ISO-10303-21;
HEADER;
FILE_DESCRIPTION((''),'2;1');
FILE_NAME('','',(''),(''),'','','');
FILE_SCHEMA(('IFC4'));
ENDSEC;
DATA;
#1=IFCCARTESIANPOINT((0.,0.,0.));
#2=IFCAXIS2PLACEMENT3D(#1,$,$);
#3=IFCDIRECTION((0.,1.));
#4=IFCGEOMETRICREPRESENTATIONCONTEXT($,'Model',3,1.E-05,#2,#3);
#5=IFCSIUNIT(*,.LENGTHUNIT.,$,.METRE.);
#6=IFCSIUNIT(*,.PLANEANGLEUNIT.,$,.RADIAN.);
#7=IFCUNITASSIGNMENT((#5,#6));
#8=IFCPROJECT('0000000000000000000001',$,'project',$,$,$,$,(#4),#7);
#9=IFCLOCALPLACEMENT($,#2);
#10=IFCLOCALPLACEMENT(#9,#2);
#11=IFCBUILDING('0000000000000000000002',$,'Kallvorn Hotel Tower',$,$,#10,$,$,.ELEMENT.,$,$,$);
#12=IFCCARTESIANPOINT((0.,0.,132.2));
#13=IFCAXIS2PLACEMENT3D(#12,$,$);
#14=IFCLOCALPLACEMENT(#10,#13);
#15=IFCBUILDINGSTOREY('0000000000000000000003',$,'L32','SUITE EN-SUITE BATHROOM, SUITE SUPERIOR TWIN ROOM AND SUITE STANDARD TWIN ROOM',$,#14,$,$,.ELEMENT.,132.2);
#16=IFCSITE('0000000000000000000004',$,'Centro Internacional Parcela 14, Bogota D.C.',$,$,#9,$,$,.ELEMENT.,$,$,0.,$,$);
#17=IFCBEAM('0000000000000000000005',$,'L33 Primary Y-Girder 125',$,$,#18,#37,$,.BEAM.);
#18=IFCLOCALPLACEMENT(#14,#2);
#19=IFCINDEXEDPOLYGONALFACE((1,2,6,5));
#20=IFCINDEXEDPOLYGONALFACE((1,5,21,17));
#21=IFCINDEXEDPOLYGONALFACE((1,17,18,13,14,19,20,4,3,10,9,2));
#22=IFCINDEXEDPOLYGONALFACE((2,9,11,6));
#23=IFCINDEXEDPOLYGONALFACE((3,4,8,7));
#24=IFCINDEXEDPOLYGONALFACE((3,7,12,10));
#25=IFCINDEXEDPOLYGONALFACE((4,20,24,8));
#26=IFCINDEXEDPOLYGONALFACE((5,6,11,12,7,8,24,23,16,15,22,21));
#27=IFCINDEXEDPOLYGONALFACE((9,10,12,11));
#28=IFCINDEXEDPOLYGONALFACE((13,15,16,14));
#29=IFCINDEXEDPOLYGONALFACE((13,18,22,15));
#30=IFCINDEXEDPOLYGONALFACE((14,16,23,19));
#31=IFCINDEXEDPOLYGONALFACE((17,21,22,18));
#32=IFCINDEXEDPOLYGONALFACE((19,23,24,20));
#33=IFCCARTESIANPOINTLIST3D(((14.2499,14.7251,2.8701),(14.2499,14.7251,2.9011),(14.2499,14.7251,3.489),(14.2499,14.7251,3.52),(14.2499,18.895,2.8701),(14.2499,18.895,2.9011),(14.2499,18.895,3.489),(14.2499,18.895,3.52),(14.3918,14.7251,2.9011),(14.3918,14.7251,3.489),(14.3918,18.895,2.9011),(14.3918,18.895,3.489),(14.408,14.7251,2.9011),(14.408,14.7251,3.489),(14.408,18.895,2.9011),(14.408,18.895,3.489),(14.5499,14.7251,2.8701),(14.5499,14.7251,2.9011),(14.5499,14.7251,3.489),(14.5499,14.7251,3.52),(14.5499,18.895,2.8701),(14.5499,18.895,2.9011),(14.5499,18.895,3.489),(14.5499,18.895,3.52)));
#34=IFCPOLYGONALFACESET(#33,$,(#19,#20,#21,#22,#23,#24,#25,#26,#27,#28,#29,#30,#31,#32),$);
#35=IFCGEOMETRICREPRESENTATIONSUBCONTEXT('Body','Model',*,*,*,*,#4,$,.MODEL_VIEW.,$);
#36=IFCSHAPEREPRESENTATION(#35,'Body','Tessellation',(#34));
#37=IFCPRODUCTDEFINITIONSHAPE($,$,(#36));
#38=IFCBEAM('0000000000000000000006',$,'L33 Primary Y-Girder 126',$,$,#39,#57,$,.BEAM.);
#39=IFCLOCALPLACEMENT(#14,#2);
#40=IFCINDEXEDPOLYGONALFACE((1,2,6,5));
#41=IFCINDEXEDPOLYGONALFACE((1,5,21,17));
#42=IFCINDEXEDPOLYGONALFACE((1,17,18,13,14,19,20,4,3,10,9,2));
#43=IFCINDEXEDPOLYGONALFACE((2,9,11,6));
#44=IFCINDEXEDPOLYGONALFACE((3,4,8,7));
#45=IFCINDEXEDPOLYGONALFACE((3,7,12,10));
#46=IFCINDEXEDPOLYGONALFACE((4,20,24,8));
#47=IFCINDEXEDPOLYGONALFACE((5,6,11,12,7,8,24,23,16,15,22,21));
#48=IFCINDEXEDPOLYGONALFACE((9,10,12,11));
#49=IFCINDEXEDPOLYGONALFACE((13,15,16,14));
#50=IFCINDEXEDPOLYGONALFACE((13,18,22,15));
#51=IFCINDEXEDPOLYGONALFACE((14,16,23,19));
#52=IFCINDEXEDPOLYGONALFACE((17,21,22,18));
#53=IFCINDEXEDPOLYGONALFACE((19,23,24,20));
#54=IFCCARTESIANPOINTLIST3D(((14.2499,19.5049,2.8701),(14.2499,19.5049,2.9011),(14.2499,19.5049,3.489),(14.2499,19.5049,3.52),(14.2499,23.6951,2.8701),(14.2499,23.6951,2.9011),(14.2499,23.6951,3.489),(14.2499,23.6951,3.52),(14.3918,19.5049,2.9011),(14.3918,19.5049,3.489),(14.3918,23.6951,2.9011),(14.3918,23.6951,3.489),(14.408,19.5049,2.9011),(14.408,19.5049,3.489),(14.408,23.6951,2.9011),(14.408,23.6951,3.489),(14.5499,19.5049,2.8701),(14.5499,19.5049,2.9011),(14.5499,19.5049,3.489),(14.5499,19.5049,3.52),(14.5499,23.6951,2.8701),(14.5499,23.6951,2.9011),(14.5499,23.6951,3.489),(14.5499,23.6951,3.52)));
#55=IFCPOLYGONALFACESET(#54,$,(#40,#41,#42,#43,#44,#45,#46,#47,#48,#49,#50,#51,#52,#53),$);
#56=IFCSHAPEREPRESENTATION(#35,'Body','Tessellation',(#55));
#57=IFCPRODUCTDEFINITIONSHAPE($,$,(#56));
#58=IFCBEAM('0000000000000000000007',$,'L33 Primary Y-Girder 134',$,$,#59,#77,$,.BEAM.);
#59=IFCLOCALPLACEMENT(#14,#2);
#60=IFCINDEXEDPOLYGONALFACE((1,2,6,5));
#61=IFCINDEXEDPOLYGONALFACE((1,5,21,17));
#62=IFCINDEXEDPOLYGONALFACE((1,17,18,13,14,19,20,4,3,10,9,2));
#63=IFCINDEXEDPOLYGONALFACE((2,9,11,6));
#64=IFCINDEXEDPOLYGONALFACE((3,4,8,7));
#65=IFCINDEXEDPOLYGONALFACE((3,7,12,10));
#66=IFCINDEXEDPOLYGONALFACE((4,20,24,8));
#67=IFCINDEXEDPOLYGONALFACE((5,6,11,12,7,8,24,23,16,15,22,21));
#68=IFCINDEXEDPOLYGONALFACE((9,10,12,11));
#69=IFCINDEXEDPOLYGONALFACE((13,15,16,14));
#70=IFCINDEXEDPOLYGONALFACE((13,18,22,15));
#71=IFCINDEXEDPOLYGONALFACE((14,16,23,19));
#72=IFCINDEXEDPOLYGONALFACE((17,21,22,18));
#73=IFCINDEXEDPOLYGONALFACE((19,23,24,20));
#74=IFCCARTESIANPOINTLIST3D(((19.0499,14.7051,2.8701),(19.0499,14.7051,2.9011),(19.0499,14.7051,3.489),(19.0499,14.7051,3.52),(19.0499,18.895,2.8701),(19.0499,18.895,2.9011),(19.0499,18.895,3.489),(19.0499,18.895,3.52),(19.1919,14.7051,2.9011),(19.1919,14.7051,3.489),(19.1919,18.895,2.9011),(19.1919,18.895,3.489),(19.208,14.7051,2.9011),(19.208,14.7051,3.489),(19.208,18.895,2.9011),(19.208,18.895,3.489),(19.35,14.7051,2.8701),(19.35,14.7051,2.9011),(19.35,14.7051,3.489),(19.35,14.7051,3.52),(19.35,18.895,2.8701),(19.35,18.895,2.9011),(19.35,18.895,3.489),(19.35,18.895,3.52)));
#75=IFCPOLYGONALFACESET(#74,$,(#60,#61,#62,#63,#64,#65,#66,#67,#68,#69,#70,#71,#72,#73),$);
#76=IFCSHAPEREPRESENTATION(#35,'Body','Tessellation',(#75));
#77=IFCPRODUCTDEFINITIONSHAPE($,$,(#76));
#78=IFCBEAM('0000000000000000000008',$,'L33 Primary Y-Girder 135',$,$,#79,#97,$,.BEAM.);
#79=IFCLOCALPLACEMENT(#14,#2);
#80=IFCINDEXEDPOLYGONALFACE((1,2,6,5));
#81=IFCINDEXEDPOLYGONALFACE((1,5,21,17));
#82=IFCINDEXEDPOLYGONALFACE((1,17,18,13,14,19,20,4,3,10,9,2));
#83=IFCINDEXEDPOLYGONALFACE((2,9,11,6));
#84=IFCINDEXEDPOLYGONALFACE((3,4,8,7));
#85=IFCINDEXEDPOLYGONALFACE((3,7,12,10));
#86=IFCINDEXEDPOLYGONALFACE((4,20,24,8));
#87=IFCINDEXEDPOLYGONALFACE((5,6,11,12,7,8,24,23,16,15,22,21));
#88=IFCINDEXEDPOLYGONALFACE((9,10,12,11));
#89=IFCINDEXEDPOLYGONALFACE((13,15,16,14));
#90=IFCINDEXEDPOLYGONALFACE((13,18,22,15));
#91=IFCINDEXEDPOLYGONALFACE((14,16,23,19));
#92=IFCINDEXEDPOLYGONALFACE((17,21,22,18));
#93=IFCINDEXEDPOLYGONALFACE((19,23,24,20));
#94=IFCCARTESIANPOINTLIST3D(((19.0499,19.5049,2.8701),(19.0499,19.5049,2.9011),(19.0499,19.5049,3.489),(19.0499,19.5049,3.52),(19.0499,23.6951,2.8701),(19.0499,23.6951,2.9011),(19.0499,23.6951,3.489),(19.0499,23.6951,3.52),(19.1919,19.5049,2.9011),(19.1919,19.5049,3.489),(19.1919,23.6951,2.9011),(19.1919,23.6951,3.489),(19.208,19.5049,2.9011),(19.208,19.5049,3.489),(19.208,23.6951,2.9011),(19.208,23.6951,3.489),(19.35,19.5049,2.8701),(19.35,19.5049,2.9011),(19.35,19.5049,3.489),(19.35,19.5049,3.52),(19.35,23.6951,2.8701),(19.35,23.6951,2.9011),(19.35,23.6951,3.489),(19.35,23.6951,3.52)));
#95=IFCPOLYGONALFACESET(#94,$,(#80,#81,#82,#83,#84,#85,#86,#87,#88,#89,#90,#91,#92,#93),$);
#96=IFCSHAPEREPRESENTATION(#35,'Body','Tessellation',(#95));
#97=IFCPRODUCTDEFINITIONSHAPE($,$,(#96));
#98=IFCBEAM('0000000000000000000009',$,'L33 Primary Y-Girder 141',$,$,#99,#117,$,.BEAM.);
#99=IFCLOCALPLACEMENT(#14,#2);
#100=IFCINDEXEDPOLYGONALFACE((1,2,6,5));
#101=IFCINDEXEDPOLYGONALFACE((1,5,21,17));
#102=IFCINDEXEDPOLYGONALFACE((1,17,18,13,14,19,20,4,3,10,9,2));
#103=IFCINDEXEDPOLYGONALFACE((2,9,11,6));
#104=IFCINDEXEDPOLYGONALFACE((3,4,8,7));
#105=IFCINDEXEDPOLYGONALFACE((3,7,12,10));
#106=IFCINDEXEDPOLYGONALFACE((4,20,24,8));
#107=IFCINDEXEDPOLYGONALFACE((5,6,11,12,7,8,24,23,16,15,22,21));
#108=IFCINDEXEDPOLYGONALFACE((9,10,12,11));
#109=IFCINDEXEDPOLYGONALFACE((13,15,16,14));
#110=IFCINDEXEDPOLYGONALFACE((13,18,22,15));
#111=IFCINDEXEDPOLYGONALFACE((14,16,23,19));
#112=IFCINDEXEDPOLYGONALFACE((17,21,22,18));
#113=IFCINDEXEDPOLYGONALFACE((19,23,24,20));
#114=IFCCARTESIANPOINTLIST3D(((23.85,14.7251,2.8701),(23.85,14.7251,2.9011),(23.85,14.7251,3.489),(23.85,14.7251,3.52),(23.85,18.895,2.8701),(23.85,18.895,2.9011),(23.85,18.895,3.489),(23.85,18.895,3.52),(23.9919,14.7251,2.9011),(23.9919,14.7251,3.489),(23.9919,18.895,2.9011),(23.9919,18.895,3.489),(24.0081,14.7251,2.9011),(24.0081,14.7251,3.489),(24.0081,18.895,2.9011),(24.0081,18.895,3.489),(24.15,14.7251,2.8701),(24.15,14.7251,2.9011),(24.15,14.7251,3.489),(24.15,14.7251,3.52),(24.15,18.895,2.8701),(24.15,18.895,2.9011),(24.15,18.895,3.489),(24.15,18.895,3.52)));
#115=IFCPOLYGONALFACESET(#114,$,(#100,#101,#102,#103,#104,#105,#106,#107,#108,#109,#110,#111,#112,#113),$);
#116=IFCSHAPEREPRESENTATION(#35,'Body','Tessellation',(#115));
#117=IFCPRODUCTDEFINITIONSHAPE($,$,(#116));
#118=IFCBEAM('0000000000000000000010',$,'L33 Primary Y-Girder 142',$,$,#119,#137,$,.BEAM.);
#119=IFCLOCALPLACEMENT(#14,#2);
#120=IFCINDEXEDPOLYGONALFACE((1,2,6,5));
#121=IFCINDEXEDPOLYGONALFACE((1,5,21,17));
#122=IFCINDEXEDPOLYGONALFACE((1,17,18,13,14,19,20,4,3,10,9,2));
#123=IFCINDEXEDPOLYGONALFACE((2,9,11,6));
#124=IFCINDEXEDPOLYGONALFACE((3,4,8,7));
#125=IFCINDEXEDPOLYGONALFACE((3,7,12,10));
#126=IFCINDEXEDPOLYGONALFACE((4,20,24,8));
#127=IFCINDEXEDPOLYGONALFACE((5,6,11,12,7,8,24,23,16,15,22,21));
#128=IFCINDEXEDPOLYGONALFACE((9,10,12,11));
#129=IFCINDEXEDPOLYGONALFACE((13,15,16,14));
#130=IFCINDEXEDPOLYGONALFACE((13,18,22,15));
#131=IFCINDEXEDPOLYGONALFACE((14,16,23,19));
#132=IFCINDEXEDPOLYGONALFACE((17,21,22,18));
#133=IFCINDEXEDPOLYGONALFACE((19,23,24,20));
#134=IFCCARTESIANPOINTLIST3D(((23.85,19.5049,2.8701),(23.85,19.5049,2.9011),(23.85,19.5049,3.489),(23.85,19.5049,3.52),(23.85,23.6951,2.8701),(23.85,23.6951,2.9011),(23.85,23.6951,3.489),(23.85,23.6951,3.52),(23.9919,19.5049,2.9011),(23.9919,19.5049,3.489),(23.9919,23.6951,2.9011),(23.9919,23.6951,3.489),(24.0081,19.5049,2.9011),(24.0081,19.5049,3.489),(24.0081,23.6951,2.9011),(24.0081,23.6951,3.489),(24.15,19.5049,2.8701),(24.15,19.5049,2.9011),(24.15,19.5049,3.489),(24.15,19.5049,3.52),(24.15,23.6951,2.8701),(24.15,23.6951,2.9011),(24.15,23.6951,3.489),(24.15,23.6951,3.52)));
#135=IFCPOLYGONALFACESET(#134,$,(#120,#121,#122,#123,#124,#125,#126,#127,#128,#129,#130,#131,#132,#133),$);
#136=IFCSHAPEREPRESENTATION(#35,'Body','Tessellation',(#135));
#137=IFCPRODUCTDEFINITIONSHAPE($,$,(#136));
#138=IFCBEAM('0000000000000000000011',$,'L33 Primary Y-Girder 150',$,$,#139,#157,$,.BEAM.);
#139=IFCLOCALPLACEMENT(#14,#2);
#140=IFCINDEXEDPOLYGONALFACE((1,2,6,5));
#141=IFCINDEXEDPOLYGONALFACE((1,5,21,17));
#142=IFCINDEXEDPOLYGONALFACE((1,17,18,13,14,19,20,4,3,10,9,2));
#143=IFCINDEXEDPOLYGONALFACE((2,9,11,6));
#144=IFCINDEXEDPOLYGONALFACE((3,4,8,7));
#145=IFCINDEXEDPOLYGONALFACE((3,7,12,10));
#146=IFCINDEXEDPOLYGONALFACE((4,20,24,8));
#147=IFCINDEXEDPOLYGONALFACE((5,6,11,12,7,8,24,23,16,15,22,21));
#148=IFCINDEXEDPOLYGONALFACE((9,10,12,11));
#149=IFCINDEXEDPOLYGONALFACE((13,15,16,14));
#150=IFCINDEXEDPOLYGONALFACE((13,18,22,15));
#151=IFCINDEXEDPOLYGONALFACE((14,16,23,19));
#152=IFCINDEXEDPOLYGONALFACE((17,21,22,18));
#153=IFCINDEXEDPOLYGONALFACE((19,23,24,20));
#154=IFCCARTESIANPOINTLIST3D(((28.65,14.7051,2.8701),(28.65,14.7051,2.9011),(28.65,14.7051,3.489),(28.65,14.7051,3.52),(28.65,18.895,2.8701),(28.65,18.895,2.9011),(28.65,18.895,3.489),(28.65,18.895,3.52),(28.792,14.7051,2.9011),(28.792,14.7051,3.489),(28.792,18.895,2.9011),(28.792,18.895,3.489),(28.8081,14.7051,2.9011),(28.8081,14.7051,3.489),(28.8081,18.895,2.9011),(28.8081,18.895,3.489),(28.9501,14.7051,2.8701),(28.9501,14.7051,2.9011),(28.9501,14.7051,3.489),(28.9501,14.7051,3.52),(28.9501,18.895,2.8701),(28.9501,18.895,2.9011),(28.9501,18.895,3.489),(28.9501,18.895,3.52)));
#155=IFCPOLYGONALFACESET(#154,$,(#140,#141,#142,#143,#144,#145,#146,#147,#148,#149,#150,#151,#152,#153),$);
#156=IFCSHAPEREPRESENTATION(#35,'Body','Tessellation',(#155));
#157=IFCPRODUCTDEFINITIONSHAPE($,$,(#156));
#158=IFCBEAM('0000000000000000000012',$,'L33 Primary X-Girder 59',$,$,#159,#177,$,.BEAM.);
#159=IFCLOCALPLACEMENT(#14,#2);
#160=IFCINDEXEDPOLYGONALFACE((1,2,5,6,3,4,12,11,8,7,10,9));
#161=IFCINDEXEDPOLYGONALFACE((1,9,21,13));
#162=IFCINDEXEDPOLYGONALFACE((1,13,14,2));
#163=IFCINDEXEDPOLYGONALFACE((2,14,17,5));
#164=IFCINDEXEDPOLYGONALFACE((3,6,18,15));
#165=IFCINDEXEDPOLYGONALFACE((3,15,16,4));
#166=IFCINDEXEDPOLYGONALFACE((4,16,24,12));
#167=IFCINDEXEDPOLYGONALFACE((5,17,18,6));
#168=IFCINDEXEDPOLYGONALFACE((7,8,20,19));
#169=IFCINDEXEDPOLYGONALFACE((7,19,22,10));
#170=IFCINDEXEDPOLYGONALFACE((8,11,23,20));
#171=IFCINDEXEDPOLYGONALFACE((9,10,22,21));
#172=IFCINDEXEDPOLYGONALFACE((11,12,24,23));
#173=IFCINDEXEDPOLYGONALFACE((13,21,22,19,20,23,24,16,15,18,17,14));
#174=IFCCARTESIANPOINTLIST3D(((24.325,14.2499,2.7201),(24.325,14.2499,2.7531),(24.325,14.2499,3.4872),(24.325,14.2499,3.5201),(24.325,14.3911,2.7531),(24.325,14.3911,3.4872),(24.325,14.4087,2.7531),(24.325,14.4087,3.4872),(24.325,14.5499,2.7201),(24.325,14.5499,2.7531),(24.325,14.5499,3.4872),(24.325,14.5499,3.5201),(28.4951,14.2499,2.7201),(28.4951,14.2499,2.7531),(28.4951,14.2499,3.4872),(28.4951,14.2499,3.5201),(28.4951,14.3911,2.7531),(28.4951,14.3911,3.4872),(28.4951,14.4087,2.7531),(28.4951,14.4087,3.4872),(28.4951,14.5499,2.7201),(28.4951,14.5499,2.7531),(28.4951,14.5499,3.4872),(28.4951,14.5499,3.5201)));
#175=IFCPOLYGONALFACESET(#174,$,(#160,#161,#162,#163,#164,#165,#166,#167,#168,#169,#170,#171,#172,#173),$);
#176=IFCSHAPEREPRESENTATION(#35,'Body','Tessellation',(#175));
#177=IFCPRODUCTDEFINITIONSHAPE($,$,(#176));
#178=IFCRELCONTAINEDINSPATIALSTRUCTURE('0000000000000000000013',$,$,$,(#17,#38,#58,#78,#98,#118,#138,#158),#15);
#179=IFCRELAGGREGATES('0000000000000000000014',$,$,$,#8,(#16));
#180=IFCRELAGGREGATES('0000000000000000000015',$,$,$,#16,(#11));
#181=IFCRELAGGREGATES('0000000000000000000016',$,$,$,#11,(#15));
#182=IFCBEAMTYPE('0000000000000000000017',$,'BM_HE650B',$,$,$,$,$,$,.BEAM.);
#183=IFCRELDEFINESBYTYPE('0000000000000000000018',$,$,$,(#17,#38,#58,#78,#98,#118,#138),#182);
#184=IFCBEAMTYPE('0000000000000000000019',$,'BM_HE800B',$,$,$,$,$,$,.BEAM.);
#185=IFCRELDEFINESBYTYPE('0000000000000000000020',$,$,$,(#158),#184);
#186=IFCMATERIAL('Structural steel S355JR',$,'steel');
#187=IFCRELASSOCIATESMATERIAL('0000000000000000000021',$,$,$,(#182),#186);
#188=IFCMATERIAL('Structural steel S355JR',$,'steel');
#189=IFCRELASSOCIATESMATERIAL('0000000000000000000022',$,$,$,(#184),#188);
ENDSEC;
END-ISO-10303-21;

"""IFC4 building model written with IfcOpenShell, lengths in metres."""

from ifc_helpers import new_model, si_unit, direction, frame, origin, origin_2d, place, context, subcontext, project, spatial, i_section, extrude, material, material_profile, profile_set, type_object, element, save


model = new_model("IFC4")

# Units and contexts
model_context = context("Model", 3, precision=1e-05, world=origin(), true_north=direction((0.0, 1.0)))
body_context = subcontext(model_context, "Body", "Model", "MODEL_VIEW")
ifc_project = project(units=[si_unit("LENGTHUNIT", "METRE"), si_unit("PLANEANGLEUNIT", "RADIAN")], contexts=[model_context])

# Site, building, storey
site_placement = place(None, origin())
site = spatial("IfcSite", under=ifc_project, at=site_placement, Name="Centro Internacional Parcela 14, Bogota D.C.", CompositionType="ELEMENT", RefElevation=0.0)
building_placement = place(site_placement, origin())
building = spatial("IfcBuilding", under=site, at=building_placement, Name="Kallvorn Hotel Tower", CompositionType="ELEMENT")
storey_placement = place(building_placement, frame((0.0, 0.0, 132.2)))
storey = spatial("IfcBuildingStorey", under=building, at=storey_placement, Name="L32", Description="SUITE EN-SUITE BATHROOM, SUITE SUPERIOR TWIN ROOM AND SUITE STANDARD TWIN ROOM", CompositionType="ELEMENT", Elevation=132.2)

# Beams
ifc_material_1 = material(Name="Structural steel S355JR", Category="steel")
ifc_material_profile_1 = material_profile(ifc_material_1, i_section(OverallWidth=0.3, OverallDepth=0.6499, WebThickness=0.0161, FlangeThickness=0.031, at=origin_2d()), Name="HE 650 B")
ifc_profile_set_1 = profile_set([ifc_material_profile_1], Name="Structural steel S355JR")
beam_type_1 = type_object("IfcBeamType", Name="BM_HE650B", PredefinedType="BEAM", material=ifc_profile_set_1)
beam_1_placement = place(storey_placement, frame((14.3999, 14.7251, 3.1951), z_axis=(0.0, 1.0, 0.0), x_axis=(-1.0, 0.0, 0.0)))
element("IfcBeam", 1, at=beam_1_placement, inside=storey, type_object=beam_type_1, Name="L33 Primary Y-Girder 125", PredefinedType="BEAM", context=body_context, shape_type="SweptSolid", body=[
    extrude(i_section(OverallWidth=0.3, OverallDepth=0.6499, WebThickness=0.0161, FlangeThickness=0.031, at=origin_2d()), origin(), (0.0, 0.0, 1.0), 4.1699),
])
beam_2_placement = place(storey_placement, frame((14.3999, 19.5049, 3.1951), z_axis=(0.0, 1.0, 0.0), x_axis=(-1.0, 0.0, 0.0)))
element("IfcBeam", 2, at=beam_2_placement, inside=storey, type_object=beam_type_1, Name="L33 Primary Y-Girder 126", PredefinedType="BEAM", context=body_context, shape_type="SweptSolid", body=[
    extrude(i_section(OverallWidth=0.3, OverallDepth=0.6499, WebThickness=0.0161, FlangeThickness=0.031, at=origin_2d()), origin(), (0.0, 0.0, 1.0), 4.1902),
])
beam_3_placement = place(storey_placement, frame((19.2, 14.7051, 3.1951), z_axis=(0.0, 1.0, 0.0), x_axis=(-1.0, 0.0, 0.0)))
element("IfcBeam", 3, at=beam_3_placement, inside=storey, type_object=beam_type_1, Name="L33 Primary Y-Girder 134", PredefinedType="BEAM", context=body_context, shape_type="SweptSolid", body=[
    extrude(i_section(OverallWidth=0.3, OverallDepth=0.6499, WebThickness=0.0161, FlangeThickness=0.031, at=origin_2d()), origin(), (0.0, 0.0, 1.0), 4.1899),
])
beam_4_placement = place(storey_placement, frame((19.2, 19.5049, 3.1951), z_axis=(0.0, 1.0, 0.0), x_axis=(-1.0, 0.0, 0.0)))
element("IfcBeam", 4, at=beam_4_placement, inside=storey, type_object=beam_type_1, Name="L33 Primary Y-Girder 135", PredefinedType="BEAM", context=body_context, shape_type="SweptSolid", body=[
    extrude(i_section(OverallWidth=0.3, OverallDepth=0.6499, WebThickness=0.0161, FlangeThickness=0.031, at=origin_2d()), origin(), (0.0, 0.0, 1.0), 4.1902),
])
beam_5_placement = place(storey_placement, frame((24.0, 14.7251, 3.1951), z_axis=(0.0, 1.0, 0.0), x_axis=(-1.0, 0.0, 0.0)))
element("IfcBeam", 5, at=beam_5_placement, inside=storey, type_object=beam_type_1, Name="L33 Primary Y-Girder 141", PredefinedType="BEAM", context=body_context, shape_type="SweptSolid", body=[
    extrude(i_section(OverallWidth=0.3, OverallDepth=0.6499, WebThickness=0.0161, FlangeThickness=0.031, at=origin_2d()), origin(), (0.0, 0.0, 1.0), 4.1699),
])
beam_6_placement = place(storey_placement, frame((24.0, 19.5049, 3.1951), z_axis=(0.0, 1.0, 0.0), x_axis=(-1.0, 0.0, 0.0)))
element("IfcBeam", 6, at=beam_6_placement, inside=storey, type_object=beam_type_1, Name="L33 Primary Y-Girder 142", PredefinedType="BEAM", context=body_context, shape_type="SweptSolid", body=[
    extrude(i_section(OverallWidth=0.3, OverallDepth=0.6499, WebThickness=0.0161, FlangeThickness=0.031, at=origin_2d()), origin(), (0.0, 0.0, 1.0), 4.1902),
])
beam_7_placement = place(storey_placement, frame((28.8, 14.7051, 3.1951), z_axis=(0.0, 1.0, 0.0), x_axis=(-1.0, 0.0, 0.0)))
element("IfcBeam", 7, at=beam_7_placement, inside=storey, type_object=beam_type_1, Name="L33 Primary Y-Girder 150", PredefinedType="BEAM", context=body_context, shape_type="SweptSolid", body=[
    extrude(i_section(OverallWidth=0.3, OverallDepth=0.6499, WebThickness=0.0161, FlangeThickness=0.031, at=origin_2d()), origin(), (0.0, 0.0, 1.0), 4.1899),
])
ifc_material_2 = material(Name="Structural steel S355JR", Category="steel")
ifc_material_profile_2 = material_profile(ifc_material_2, i_section(OverallWidth=0.3, OverallDepth=0.8, WebThickness=0.0176, FlangeThickness=0.033, at=origin_2d()), Name="HE 800 B")
ifc_profile_set_2 = profile_set([ifc_material_profile_2], Name="Structural steel S355JR")
beam_type_2 = type_object("IfcBeamType", Name="BM_HE800B", PredefinedType="BEAM", material=ifc_profile_set_2)
beam_8_placement = place(storey_placement, frame((24.325, 14.3999, 3.1201), z_axis=(1.0, 0.0, 0.0), x_axis=(0.0, 1.0, 0.0)))
element("IfcBeam", 8, at=beam_8_placement, inside=storey, type_object=beam_type_2, Name="L33 Primary X-Girder 59", PredefinedType="BEAM", context=body_context, shape_type="SweptSolid", body=[
    extrude(i_section(OverallWidth=0.3, OverallDepth=0.8, WebThickness=0.0176, FlangeThickness=0.033, at=origin_2d()), origin(), (0.0, 0.0, 1.0), 4.1702),
])

save(model, "model.ifc")
